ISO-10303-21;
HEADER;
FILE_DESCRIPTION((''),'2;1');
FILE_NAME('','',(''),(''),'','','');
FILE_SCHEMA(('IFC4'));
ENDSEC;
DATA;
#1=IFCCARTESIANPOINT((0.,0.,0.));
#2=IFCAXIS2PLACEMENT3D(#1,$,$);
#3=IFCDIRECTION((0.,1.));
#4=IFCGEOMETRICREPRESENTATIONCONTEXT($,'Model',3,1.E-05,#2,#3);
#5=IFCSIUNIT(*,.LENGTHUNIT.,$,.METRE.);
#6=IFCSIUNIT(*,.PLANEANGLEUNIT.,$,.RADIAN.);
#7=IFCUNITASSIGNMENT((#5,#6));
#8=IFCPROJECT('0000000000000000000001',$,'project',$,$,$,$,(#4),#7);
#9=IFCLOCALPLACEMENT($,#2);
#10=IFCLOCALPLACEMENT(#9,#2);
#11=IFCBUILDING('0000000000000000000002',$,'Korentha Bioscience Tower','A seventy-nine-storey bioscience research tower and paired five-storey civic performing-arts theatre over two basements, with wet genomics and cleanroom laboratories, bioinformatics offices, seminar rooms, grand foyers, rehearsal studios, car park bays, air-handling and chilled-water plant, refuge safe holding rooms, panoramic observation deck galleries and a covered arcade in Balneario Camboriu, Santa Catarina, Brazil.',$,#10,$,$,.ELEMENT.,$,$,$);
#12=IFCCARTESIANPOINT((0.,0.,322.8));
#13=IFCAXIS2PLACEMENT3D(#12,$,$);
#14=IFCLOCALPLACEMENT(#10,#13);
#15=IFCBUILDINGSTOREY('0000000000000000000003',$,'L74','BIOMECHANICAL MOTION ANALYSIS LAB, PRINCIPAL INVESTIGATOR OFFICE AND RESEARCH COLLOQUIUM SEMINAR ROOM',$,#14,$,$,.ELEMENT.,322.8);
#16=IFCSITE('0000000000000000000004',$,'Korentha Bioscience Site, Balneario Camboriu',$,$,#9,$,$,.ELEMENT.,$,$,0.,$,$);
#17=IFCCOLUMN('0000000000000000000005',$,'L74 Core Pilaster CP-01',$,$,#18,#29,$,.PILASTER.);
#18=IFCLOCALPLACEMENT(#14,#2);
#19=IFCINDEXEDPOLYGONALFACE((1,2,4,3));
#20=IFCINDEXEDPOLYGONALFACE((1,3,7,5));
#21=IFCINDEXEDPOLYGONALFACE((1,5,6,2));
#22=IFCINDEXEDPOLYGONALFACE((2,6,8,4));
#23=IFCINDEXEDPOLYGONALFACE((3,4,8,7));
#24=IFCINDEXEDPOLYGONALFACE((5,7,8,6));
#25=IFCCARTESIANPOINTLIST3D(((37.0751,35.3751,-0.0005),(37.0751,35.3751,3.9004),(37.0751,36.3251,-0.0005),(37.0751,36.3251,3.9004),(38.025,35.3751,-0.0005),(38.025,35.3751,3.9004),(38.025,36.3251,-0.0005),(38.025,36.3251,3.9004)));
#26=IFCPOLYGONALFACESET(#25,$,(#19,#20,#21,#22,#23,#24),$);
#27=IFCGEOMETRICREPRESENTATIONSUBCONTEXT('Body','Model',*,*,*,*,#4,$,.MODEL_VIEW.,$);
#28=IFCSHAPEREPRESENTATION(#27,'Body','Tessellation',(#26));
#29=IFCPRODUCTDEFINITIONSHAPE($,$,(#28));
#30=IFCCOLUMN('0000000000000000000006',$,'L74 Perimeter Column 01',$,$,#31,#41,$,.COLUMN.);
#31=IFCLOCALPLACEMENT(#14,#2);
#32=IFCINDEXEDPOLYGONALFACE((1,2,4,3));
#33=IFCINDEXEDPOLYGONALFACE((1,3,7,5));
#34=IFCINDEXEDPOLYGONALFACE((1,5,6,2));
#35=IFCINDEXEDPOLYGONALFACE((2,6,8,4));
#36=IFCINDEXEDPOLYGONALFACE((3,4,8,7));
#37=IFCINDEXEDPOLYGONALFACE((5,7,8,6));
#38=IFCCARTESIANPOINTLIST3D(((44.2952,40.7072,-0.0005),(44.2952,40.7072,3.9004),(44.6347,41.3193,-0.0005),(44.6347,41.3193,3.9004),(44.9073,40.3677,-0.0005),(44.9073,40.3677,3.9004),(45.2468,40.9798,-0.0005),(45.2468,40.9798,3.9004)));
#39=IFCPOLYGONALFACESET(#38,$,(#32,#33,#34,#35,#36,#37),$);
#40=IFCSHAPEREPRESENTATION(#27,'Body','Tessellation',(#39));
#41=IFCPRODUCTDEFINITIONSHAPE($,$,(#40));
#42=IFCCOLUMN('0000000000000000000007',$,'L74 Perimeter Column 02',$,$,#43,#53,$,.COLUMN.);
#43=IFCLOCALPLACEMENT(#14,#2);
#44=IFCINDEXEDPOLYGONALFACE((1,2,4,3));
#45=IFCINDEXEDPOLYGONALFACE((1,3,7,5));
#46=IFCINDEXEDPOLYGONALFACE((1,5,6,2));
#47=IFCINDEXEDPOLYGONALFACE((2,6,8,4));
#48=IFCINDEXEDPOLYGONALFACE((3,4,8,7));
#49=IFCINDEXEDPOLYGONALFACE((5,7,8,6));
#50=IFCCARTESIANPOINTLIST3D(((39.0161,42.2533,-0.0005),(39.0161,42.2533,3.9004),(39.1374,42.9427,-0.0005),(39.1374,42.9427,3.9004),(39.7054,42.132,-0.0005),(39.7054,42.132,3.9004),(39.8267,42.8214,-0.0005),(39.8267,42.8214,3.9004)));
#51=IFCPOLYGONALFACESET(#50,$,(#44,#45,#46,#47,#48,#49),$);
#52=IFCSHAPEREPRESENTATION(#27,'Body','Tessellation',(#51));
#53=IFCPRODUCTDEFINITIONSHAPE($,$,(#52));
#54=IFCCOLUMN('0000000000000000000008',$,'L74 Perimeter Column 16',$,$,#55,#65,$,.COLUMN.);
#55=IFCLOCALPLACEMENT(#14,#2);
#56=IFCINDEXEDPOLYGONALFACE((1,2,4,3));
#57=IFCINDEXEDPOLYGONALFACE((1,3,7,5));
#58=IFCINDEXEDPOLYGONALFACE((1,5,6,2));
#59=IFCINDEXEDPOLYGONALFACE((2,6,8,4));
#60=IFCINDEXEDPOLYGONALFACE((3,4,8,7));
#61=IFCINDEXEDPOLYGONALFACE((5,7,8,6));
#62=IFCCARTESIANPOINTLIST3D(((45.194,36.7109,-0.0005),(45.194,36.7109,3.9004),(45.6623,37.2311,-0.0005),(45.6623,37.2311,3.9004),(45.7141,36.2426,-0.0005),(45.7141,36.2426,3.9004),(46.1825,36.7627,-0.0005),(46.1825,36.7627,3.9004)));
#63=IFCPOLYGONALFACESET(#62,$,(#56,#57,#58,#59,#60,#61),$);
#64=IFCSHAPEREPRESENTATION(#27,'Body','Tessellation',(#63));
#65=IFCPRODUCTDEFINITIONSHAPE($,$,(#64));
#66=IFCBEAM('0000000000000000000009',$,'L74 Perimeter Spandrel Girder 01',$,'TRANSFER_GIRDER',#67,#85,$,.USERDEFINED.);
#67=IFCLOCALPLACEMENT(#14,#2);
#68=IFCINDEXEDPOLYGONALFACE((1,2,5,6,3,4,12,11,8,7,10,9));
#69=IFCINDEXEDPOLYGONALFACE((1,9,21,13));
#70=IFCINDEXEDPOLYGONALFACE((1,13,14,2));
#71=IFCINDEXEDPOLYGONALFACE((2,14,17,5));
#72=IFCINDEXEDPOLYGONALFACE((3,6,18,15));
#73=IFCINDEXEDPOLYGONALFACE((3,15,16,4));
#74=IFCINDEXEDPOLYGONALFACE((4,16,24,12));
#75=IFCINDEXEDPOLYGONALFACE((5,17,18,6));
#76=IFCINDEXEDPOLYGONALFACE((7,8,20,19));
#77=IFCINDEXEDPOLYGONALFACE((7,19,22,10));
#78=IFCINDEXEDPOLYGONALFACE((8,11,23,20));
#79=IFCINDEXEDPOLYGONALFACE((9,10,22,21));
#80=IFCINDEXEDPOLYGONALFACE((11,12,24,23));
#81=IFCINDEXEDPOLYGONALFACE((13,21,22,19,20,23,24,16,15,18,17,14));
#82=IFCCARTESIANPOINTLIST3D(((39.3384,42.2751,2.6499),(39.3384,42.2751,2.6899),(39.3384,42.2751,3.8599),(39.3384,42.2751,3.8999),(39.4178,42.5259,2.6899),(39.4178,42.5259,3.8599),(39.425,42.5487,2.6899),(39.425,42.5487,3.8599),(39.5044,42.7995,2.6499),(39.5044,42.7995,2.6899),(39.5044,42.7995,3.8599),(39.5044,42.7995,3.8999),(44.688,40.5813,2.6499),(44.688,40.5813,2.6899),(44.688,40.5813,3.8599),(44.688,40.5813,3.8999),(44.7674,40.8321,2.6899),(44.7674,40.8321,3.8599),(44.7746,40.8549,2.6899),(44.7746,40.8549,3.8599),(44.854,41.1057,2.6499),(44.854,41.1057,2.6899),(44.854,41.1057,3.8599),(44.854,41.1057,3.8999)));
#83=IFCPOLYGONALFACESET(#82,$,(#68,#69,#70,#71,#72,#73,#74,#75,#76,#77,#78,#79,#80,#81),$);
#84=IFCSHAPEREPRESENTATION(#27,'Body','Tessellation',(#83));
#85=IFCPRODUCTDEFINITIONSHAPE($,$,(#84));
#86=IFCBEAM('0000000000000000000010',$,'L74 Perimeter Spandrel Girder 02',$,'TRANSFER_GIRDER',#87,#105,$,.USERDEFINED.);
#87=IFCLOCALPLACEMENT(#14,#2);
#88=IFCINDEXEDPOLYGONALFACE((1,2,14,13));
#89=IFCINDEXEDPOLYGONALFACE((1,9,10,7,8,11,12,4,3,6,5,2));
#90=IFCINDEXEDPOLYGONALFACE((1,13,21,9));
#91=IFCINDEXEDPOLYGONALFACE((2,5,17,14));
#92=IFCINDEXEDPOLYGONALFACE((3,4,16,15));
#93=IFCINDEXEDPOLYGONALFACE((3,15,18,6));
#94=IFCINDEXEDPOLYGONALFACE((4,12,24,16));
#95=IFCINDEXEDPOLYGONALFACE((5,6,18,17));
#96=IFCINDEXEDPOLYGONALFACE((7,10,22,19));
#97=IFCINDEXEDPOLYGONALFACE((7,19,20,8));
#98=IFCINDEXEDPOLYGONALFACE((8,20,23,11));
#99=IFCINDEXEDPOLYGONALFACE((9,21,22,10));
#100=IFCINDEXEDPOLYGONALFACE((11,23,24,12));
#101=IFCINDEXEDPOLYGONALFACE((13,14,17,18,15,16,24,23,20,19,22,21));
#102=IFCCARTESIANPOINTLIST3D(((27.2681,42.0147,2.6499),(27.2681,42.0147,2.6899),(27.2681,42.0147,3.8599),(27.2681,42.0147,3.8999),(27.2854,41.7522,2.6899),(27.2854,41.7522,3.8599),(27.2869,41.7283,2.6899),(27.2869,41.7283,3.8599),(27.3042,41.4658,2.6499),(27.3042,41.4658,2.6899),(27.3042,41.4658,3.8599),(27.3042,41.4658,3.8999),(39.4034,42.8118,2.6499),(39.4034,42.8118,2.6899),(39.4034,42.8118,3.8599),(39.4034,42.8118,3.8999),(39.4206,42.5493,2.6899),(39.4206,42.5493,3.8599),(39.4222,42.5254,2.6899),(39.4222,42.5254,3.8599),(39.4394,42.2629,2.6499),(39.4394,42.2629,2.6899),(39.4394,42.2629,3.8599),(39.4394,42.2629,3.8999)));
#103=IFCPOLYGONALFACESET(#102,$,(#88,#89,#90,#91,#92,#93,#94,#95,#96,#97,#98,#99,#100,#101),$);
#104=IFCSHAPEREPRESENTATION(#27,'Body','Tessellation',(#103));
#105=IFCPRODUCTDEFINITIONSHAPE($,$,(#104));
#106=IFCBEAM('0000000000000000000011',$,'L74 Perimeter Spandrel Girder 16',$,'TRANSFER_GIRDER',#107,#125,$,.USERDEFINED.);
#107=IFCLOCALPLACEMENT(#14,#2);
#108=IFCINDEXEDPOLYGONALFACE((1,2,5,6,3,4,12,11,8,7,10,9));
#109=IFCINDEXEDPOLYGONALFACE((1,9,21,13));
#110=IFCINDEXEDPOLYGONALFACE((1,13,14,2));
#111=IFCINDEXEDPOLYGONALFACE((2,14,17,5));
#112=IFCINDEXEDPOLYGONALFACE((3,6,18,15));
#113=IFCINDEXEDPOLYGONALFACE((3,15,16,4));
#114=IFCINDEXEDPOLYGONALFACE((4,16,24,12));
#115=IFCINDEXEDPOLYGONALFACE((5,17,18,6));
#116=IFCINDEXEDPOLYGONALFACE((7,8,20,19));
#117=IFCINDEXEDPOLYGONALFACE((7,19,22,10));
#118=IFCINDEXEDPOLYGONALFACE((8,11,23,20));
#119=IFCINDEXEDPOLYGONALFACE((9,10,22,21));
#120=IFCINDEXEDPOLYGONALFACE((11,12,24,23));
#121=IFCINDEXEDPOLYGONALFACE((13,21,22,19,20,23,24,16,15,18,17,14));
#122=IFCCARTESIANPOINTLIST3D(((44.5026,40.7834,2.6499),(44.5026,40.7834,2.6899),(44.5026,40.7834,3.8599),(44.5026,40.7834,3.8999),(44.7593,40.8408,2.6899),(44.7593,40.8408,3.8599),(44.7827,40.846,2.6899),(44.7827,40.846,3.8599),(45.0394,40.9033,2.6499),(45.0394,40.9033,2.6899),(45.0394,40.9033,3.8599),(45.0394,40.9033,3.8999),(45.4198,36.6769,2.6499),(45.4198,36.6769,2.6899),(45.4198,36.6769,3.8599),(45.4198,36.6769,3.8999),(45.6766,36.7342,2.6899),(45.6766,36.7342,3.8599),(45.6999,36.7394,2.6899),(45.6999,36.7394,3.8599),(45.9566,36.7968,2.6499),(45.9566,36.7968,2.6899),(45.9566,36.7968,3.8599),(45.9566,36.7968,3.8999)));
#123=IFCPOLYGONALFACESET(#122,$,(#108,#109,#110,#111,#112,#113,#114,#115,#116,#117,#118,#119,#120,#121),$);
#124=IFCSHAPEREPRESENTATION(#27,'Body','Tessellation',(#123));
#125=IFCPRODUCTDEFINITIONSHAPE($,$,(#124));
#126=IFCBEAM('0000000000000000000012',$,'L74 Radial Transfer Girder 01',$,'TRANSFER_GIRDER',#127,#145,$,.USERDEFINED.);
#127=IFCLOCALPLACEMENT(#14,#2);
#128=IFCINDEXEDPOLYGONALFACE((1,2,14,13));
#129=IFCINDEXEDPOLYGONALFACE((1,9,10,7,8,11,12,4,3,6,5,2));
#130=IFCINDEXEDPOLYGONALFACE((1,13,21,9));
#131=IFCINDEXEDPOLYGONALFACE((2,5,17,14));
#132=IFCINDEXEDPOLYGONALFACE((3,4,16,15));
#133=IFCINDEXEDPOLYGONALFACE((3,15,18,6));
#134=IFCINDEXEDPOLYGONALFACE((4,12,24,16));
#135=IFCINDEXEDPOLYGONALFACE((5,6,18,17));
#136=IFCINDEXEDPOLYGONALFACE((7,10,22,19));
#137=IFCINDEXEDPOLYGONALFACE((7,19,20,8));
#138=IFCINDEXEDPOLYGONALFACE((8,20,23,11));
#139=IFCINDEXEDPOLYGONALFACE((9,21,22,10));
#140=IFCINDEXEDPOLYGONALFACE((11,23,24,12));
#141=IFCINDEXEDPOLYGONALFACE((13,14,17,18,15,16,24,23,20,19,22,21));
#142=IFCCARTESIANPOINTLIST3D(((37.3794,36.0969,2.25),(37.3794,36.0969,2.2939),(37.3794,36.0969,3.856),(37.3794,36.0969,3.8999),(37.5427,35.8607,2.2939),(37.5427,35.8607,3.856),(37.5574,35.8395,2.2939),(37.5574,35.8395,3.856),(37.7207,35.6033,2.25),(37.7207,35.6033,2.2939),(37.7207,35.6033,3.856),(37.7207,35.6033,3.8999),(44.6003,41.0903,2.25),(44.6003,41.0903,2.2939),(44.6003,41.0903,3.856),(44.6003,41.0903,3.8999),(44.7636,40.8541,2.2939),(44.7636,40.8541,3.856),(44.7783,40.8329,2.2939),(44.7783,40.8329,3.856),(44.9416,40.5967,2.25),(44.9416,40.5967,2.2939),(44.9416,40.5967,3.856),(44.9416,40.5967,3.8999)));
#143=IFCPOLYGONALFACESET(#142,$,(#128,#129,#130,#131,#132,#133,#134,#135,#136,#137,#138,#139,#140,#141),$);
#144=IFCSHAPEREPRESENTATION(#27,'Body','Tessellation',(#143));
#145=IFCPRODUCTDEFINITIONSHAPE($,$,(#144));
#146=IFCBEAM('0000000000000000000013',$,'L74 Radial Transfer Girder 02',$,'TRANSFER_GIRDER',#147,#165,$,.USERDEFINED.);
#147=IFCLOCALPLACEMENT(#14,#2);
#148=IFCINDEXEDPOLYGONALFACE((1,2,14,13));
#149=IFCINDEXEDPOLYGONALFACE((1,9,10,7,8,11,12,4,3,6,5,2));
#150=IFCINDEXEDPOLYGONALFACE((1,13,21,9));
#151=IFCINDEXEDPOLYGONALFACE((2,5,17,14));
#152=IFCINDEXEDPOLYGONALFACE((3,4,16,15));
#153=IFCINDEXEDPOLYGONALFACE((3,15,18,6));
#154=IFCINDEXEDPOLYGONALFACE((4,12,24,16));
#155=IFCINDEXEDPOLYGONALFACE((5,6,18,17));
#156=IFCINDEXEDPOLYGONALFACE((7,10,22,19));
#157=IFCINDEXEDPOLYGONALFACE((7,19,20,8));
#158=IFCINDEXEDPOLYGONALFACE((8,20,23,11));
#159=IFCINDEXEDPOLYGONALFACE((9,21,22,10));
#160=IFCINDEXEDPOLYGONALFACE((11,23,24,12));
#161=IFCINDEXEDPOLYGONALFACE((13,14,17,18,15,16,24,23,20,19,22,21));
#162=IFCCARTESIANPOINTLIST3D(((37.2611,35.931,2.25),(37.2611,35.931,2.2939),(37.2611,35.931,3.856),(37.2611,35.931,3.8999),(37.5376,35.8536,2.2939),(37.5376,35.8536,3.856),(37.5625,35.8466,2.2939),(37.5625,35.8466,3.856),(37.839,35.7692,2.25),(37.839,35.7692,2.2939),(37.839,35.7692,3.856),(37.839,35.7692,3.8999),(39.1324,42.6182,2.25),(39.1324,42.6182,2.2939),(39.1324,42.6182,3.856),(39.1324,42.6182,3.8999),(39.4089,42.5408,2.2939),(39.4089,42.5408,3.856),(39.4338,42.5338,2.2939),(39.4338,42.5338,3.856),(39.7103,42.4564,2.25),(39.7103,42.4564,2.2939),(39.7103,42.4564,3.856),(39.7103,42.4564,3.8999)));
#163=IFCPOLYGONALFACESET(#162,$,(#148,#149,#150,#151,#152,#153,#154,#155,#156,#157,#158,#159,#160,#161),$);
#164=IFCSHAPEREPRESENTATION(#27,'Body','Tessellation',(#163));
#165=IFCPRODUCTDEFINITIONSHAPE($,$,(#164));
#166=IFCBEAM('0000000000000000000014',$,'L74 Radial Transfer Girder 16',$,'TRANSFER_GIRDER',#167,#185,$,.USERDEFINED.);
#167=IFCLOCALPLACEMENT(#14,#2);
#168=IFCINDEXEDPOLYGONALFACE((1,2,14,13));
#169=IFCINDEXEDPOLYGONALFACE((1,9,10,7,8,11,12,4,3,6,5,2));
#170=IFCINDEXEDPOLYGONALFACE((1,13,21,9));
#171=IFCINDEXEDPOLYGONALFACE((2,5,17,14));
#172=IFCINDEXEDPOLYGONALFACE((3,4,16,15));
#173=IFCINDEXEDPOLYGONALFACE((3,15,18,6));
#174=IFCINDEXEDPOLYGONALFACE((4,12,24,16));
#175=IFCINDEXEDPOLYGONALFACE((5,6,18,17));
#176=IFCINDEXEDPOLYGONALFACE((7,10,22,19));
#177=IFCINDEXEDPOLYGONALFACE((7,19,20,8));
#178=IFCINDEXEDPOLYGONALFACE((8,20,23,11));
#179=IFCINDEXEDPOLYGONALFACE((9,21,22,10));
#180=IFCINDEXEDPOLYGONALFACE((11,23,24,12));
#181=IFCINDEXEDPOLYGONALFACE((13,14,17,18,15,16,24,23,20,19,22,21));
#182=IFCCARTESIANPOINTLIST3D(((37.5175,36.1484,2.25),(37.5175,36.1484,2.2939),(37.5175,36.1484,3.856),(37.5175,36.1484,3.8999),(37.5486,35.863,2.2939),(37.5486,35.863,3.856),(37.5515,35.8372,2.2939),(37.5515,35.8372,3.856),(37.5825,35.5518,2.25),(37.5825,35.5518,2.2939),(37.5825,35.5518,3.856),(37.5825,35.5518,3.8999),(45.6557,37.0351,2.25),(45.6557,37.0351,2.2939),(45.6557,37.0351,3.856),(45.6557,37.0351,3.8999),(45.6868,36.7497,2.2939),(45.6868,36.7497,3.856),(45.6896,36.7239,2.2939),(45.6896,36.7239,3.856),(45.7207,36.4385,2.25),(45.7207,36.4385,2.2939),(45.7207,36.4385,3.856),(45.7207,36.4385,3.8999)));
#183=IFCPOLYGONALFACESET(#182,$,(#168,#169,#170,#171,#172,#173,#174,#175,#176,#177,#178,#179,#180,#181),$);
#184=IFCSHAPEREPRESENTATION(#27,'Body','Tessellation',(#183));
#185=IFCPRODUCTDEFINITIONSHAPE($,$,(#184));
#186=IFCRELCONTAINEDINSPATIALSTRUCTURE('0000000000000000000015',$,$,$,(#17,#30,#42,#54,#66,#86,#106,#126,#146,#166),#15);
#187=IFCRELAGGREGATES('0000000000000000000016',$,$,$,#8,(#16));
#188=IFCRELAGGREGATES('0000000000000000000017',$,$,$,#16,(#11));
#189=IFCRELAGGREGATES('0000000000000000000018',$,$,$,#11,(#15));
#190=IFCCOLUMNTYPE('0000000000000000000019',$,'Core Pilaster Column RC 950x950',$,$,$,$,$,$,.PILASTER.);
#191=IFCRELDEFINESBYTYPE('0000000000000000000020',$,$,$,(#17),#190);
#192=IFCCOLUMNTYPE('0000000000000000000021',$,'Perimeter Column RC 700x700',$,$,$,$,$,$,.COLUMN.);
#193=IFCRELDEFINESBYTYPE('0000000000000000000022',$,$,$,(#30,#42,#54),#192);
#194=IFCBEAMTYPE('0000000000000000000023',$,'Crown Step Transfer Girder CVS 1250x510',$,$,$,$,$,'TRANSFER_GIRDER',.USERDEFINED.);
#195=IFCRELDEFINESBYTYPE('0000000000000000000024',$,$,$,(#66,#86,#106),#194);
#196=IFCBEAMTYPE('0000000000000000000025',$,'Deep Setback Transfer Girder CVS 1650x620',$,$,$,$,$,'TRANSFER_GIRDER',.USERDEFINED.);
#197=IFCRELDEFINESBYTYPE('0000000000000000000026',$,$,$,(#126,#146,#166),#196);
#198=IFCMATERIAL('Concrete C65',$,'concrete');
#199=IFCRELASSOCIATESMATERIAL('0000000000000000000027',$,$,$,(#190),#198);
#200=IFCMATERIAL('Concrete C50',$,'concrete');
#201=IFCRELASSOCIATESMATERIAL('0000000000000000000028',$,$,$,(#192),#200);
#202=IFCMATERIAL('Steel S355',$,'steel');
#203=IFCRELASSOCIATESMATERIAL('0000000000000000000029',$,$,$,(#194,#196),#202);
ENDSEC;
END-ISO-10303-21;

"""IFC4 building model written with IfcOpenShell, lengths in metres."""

from ifc_helpers import new_model, si_unit, direction, frame, origin, origin_2d, place, context, subcontext, project, spatial, rectangle, i_section, extrude, material, material_profile, profile_set, type_object, element, save


model = new_model("IFC4")

# Units and contexts
model_context = context("Model", 3, precision=1e-05, world=origin(), true_north=direction((0.0, 1.0)))
body_context = subcontext(model_context, "Body", "Model", "MODEL_VIEW")
ifc_project = project(units=[si_unit("LENGTHUNIT", "METRE"), si_unit("PLANEANGLEUNIT", "RADIAN")], contexts=[model_context])

# Site, building, storey
site_placement = place(None, origin())
site = spatial("IfcSite", under=ifc_project, at=site_placement, Name="Korentha Bioscience Site, Balneario Camboriu", CompositionType="ELEMENT", RefElevation=0.0)
building_placement = place(site_placement, origin())
building = spatial("IfcBuilding", under=site, at=building_placement, Name="Korentha Bioscience Tower", Description="A seventy-nine-storey bioscience research tower and paired five-storey civic performing-arts theatre over two basements, with wet genomics and cleanroom laboratories, bioinformatics offices, seminar rooms, grand foyers, rehearsal studios, car park bays, air-handling and chilled-water plant, refuge safe holding rooms, panoramic observation deck galleries and a covered arcade in Balneario Camboriu, Santa Catarina, Brazil.", CompositionType="ELEMENT")
storey_placement = place(building_placement, frame((0.0, 0.0, 322.8)))
storey = spatial("IfcBuildingStorey", under=building, at=storey_placement, Name="L74", Description="BIOMECHANICAL MOTION ANALYSIS LAB, PRINCIPAL INVESTIGATOR OFFICE AND RESEARCH COLLOQUIUM SEMINAR ROOM", CompositionType="ELEMENT", Elevation=322.8)

# Columns
ifc_material_1 = material(Name="Concrete C65", Category="concrete")
ifc_material_profile_1 = material_profile(ifc_material_1, rectangle(XDim=0.95, YDim=0.95, at=origin_2d()), Name="Concrete C65")
ifc_profile_set_1 = profile_set([ifc_material_profile_1], Name="Concrete C65 (COL-CP09)")
column_type_1 = type_object("IfcColumnType", Name="Core Pilaster Column RC 950x950", PredefinedType="PILASTER", material=ifc_profile_set_1)
column_placement = place(storey_placement, frame((37.55, 35.8501, -0.0005), z_axis=(0.0, 0.0, 1.0), x_axis=(1.0, 0.0, 0.0)))
element("IfcColumn", 1, at=column_placement, inside=storey, type_object=column_type_1, Name="L74 Core Pilaster CP-01", PredefinedType="PILASTER", context=body_context, shape_type="SweptSolid", body=[
    extrude(rectangle(XDim=0.95, YDim=0.95, at=origin_2d()), origin(), (0.0, 0.0, 1.0), 3.9009),
])
ifc_material_2 = material(Name="Concrete C50", Category="concrete")
ifc_material_profile_2 = material_profile(ifc_material_2, rectangle(XDim=0.7, YDim=0.7, at=origin_2d()), Name="Concrete C50")
ifc_profile_set_2 = profile_set([ifc_material_profile_2], Name="Concrete C50 (COL-P07)")
column_type_2 = type_object("IfcColumnType", Name="Perimeter Column RC 700x700", PredefinedType="COLUMN", material=ifc_profile_set_2)
for number, where, z_axis, x_axis, name in (
    (2, (44.771, 40.8435, -0.0005), (0.0, 0.0, 1.0), (-0.874535, 0.484962, 0.0), "L74 Perimeter Column 01"),
    (3, (39.4214, 42.5374, -0.0005), (0.0, 0.0, 1.0), (-0.984868, 0.173304, 0.0), "L74 Perimeter Column 02"),
    (4, (45.6882, 36.7368, -0.0005), (0.0, 0.0, 1.0), (0.669131, 0.743145, 0.0), "L74 Perimeter Column 16"),
):
    element("IfcColumn", number, at=place(storey_placement, frame(where, z_axis=z_axis, x_axis=x_axis)), inside=storey, type_object=column_type_2, Name=name, PredefinedType="COLUMN", context=body_context, shape_type="SweptSolid", body=[
        extrude(rectangle(XDim=0.7, YDim=0.7, at=origin_2d()), origin(), (0.0, 0.0, 1.0), 3.9009),
    ])

# Beams
ifc_material_3 = material(Name="Steel S355", Category="steel")
ifc_material_profile_3 = material_profile(ifc_material_3, i_section(OverallWidth=0.55, OverallDepth=1.25, WebThickness=0.0239, FlangeThickness=0.04, at=origin_2d()), Name="Steel S355")
ifc_profile_set_3 = profile_set([ifc_material_profile_3], Name="Steel S355 (TG-03)")
beam_type_1 = type_object("IfcBeamType", Name="Crown Step Transfer Girder CVS 1250x510", ElementType="TRANSFER_GIRDER", PredefinedType="USERDEFINED", material=ifc_profile_set_3)
beam_1_placement = place(storey_placement, frame((44.771, 40.8435, 3.2749), z_axis=(-0.953352, 0.30186, 0.0), x_axis=(-0.30186, -0.953352, 0.0)))
element("IfcBeam", 5, at=beam_1_placement, inside=storey, type_object=beam_type_1, Name="L74 Perimeter Spandrel Girder 01", ObjectType="TRANSFER_GIRDER", PredefinedType="USERDEFINED", context=body_context, shape_type="SweptSolid", body=[
    extrude(i_section(OverallWidth=0.55, OverallDepth=1.25, WebThickness=0.0239, FlangeThickness=0.04, at=origin_2d()), origin(), (0.0, 0.0, 1.0), 5.6113),
])
beam_2_placement = place(storey_placement, frame((39.4214, 42.5374, 3.2749), z_axis=(-0.99785, -0.065545, 0.0), x_axis=(0.065545, -0.99785, 0.0)))
element("IfcBeam", 6, at=beam_2_placement, inside=storey, type_object=beam_type_1, Name="L74 Perimeter Spandrel Girder 02", ObjectType="TRANSFER_GIRDER", PredefinedType="USERDEFINED", context=body_context, shape_type="SweptSolid", body=[
    extrude(i_section(OverallWidth=0.55, OverallDepth=1.25, WebThickness=0.0239, FlangeThickness=0.04, at=origin_2d()), origin(), (0.0, 0.0, 1.0), 12.1614),
])
beam_3_placement = place(storey_placement, frame((45.6882, 36.7368, 3.2749), z_axis=(-0.217981, 0.975953, 0.0), x_axis=(-0.975953, -0.217981, 0.0)))
element("IfcBeam", 7, at=beam_3_placement, inside=storey, type_object=beam_type_1, Name="L74 Perimeter Spandrel Girder 16", ObjectType="TRANSFER_GIRDER", PredefinedType="USERDEFINED", context=body_context, shape_type="SweptSolid", body=[
    extrude(i_section(OverallWidth=0.55, OverallDepth=1.25, WebThickness=0.0239, FlangeThickness=0.04, at=origin_2d()), origin(), (0.0, 0.0, 1.0), 4.2078),
])
ifc_material_profile_4 = material_profile(ifc_material_3, i_section(OverallWidth=0.6001, OverallDepth=1.6499, WebThickness=0.0259, FlangeThickness=0.0439, at=origin_2d()), Name="Steel S355")
ifc_profile_set_4 = profile_set([ifc_material_profile_4], Name="Steel S355 (TG-04)")
beam_type_2 = type_object("IfcBeamType", Name="Deep Setback Transfer Girder CVS 1650x620", ElementType="TRANSFER_GIRDER", PredefinedType="USERDEFINED", material=ifc_profile_set_4)
beam_4_placement = place(storey_placement, frame((37.55, 35.8501, 3.075), z_axis=(0.822496, 0.56877, 0.0), x_axis=(-0.56877, 0.822496, 0.0)))
element("IfcBeam", 8, at=beam_4_placement, inside=storey, type_object=beam_type_2, Name="L74 Radial Transfer Girder 01", ObjectType="TRANSFER_GIRDER", PredefinedType="USERDEFINED", context=body_context, shape_type="SweptSolid", body=[
    extrude(i_section(OverallWidth=0.6001, OverallDepth=1.6499, WebThickness=0.0259, FlangeThickness=0.0439, at=origin_2d()), origin(), (0.0, 0.0, 1.0), 8.7793),
])
beam_5_placement = place(storey_placement, frame((37.55, 35.8501, 3.075), z_axis=(0.269484, 0.963005, 0.0), x_axis=(-0.963005, 0.269484, 0.0)))
element("IfcBeam", 9, at=beam_5_placement, inside=storey, type_object=beam_type_2, Name="L74 Radial Transfer Girder 02", ObjectType="TRANSFER_GIRDER", PredefinedType="USERDEFINED", context=body_context, shape_type="SweptSolid", body=[
    extrude(i_section(OverallWidth=0.6001, OverallDepth=1.6499, WebThickness=0.0259, FlangeThickness=0.0439, at=origin_2d()), origin(), (0.0, 0.0, 1.0), 6.9441),
])
beam_6_placement = place(storey_placement, frame((37.55, 35.8501, 3.075), z_axis=(0.994116, 0.108317, 0.0), x_axis=(-0.108317, 0.994116, 0.0)))
element("IfcBeam", 10, at=beam_6_placement, inside=storey, type_object=beam_type_2, Name="L74 Radial Transfer Girder 16", ObjectType="TRANSFER_GIRDER", PredefinedType="USERDEFINED", context=body_context, shape_type="SweptSolid", body=[
    extrude(i_section(OverallWidth=0.6001, OverallDepth=1.6499, WebThickness=0.0259, FlangeThickness=0.0439, at=origin_2d()), origin(), (0.0, 0.0, 1.0), 8.1863),
])

save(model, "model.ifc")
